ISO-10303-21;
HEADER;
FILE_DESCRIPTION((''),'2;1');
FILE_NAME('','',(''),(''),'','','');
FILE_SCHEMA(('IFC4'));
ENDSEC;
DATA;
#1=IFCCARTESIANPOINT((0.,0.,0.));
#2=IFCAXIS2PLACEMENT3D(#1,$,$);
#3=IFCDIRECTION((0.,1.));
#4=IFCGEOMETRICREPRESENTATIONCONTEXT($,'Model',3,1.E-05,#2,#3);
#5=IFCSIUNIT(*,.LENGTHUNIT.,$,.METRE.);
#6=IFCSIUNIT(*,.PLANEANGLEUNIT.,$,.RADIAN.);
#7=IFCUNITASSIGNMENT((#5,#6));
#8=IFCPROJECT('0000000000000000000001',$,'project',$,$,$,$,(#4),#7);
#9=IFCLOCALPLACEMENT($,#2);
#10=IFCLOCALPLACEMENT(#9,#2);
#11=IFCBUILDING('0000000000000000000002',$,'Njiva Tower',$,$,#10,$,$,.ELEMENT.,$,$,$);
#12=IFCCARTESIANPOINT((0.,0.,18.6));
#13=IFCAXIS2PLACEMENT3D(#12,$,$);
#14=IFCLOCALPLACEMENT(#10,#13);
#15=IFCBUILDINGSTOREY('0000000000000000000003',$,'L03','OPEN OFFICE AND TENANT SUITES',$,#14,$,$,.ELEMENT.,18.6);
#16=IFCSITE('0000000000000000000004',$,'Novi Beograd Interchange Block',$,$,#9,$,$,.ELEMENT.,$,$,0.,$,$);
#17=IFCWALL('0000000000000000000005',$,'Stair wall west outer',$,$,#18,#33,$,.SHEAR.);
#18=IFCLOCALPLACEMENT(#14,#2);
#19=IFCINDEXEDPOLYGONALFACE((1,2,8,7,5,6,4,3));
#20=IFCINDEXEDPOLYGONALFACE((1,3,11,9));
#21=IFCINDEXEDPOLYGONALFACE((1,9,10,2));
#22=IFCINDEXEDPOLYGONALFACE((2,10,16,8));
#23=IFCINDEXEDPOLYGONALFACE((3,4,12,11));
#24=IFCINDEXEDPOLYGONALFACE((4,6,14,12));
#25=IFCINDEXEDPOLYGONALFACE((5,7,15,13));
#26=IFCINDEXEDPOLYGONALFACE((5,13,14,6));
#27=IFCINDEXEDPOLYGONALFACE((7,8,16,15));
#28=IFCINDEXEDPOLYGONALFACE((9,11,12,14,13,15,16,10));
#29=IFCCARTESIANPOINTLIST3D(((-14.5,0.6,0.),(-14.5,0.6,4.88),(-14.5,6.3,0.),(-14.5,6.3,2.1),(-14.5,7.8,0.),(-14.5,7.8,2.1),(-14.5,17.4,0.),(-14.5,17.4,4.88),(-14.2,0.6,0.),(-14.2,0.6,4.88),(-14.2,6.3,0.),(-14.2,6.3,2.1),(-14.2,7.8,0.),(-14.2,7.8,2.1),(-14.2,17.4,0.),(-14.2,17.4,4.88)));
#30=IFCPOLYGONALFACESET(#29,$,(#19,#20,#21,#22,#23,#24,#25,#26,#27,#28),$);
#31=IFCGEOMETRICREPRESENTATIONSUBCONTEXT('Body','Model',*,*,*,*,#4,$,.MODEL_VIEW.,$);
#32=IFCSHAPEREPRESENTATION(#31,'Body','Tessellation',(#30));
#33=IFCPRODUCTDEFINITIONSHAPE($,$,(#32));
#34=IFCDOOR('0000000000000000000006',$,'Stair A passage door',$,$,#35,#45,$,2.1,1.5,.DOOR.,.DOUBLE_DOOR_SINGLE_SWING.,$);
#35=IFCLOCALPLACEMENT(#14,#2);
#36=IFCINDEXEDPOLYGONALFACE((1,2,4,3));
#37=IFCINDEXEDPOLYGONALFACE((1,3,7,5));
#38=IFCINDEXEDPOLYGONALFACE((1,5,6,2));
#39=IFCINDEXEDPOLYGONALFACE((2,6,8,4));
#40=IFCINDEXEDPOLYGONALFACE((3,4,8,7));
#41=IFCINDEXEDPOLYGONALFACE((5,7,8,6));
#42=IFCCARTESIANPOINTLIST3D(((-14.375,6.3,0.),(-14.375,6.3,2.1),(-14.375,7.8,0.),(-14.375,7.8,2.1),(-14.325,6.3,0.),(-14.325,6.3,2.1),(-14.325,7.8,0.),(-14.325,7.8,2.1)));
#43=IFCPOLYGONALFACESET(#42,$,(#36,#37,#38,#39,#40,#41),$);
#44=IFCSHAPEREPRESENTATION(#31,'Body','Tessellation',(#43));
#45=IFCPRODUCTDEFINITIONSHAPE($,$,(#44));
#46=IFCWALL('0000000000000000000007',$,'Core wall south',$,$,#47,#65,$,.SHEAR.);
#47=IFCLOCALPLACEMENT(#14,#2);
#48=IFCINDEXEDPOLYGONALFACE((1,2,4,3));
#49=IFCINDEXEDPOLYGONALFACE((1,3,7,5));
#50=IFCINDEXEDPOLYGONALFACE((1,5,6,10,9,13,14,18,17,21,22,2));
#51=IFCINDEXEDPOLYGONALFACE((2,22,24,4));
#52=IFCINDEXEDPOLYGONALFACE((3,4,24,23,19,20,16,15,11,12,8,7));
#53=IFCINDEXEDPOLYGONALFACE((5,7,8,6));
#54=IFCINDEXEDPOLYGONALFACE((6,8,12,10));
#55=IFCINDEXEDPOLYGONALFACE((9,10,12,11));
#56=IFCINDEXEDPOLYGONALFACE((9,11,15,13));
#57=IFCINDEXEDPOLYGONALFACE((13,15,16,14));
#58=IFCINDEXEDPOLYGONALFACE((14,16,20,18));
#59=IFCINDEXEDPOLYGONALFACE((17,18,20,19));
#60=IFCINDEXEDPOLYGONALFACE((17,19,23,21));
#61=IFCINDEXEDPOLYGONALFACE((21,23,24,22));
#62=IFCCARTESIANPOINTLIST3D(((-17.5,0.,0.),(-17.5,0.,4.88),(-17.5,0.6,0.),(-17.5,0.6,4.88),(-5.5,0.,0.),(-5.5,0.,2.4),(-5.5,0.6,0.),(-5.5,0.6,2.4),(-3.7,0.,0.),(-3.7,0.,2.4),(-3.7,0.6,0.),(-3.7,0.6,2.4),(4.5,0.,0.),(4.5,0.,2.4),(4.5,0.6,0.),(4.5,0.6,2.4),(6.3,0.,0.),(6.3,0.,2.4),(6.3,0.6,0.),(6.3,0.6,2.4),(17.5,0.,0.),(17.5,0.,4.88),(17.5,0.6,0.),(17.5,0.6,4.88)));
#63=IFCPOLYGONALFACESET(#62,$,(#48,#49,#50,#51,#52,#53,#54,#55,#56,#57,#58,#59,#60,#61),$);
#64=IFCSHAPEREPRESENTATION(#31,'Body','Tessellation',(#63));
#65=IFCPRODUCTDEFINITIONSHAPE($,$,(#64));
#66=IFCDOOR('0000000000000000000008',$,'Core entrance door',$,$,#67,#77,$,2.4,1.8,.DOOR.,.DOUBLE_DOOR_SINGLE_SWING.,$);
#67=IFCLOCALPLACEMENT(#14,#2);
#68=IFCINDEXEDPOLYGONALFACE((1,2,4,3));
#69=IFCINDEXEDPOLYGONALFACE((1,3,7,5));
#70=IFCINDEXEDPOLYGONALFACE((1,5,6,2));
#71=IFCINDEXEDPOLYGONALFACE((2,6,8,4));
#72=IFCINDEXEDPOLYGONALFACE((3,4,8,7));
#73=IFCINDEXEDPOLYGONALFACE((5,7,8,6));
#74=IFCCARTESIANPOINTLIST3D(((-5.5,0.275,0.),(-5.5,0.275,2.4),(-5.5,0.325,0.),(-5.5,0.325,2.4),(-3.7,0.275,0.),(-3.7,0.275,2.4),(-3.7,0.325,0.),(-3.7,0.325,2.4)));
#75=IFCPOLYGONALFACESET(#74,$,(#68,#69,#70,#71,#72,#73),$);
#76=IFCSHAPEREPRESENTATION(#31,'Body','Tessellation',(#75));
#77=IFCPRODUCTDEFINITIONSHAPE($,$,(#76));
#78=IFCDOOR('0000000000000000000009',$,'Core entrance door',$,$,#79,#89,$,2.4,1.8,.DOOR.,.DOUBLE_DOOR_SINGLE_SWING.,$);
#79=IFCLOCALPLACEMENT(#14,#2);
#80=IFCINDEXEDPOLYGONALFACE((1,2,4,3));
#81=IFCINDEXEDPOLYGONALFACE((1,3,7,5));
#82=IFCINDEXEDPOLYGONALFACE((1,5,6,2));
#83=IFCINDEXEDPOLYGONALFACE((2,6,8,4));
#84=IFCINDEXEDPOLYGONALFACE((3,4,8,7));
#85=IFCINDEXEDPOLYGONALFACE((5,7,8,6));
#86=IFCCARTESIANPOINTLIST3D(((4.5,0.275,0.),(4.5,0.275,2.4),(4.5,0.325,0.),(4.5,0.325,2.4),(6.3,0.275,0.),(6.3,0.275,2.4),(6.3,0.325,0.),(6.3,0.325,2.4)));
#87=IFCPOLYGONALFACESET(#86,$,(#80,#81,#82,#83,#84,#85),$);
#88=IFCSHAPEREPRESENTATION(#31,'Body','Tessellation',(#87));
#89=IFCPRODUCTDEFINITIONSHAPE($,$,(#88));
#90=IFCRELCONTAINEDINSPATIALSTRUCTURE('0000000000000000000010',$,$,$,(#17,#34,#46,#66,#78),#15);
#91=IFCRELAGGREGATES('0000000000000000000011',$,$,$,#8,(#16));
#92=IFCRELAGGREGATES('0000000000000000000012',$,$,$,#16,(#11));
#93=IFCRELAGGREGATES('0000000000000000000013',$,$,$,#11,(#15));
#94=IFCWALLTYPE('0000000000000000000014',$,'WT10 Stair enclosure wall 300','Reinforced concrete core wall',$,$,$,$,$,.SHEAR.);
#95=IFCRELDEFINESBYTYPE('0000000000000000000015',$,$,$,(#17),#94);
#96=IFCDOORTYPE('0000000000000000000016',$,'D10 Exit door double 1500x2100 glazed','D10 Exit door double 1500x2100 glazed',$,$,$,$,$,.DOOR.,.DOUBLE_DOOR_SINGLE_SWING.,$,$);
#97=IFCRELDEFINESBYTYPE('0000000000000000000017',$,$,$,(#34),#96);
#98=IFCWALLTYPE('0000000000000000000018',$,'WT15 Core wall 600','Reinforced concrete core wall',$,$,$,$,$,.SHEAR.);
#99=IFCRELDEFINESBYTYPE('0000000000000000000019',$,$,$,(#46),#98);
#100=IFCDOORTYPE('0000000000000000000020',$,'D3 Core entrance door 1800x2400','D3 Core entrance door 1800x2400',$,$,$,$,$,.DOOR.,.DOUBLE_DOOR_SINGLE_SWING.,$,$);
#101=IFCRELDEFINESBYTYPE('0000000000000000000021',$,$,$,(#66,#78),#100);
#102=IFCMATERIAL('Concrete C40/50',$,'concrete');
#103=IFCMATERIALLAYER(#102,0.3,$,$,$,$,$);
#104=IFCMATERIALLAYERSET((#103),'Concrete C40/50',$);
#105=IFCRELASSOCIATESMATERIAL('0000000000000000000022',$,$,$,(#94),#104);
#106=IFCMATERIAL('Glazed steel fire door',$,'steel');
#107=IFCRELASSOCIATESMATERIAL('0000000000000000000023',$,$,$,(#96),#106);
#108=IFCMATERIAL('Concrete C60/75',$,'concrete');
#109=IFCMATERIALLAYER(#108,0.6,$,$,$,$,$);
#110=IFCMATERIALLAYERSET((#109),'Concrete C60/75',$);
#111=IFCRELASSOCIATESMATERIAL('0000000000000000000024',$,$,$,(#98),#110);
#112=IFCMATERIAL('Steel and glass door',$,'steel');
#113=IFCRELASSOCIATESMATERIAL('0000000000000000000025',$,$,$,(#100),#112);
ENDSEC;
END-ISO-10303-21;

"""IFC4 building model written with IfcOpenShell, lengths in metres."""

from ifc_helpers import new_model, si_unit, direction, frame, frame_2d, origin, place, context, subcontext, project, spatial, rectangle, extrude, material, layer, layer_set, type_object, element, fill, save


model = new_model("IFC4")

# Units and contexts
model_context = context("Model", 3, precision=1e-05, world=origin(), true_north=direction((0.0, 1.0)))
body_context = subcontext(model_context, "Body", "Model", "MODEL_VIEW")
ifc_project = project(units=[si_unit("LENGTHUNIT", "METRE"), si_unit("PLANEANGLEUNIT", "RADIAN")], contexts=[model_context])

# Site, building, storey
site_placement = place(None, origin())
site = spatial("IfcSite", under=ifc_project, at=site_placement, Name="Novi Beograd Interchange Block", CompositionType="ELEMENT", RefElevation=0.0)
building_placement = place(site_placement, origin())
building = spatial("IfcBuilding", under=site, at=building_placement, Name="Njiva Tower", CompositionType="ELEMENT")
storey_placement = place(building_placement, frame((0.0, 0.0, 18.6)))
storey = spatial("IfcBuildingStorey", under=building, at=storey_placement, Name="L03", Description="OPEN OFFICE AND TENANT SUITES", CompositionType="ELEMENT", Elevation=18.6)

# Wall, opening, door
ifc_material_1 = material(Name="Concrete C40/50", Category="concrete")
ifc_layer_1 = layer(ifc_material_1, 0.3)
ifc_layer_set_1 = layer_set([ifc_layer_1], Name="Concrete C40/50")
wall_type_1 = type_object("IfcWallType", Name="WT10 Stair enclosure wall 300", Description="Reinforced concrete core wall", PredefinedType="SHEAR", material=ifc_layer_set_1)
wall_1_placement = place(storey_placement, frame((-14.35, 0.6, 0.0), z_axis=(0.0, 0.0, 1.0), x_axis=(0.0, 1.0, 0.0)))
wall_1 = element("IfcWall", 1, at=wall_1_placement, inside=storey, type_object=wall_type_1, Name="Stair wall west outer", PredefinedType="SHEAR", context=body_context, shape_type="SweptSolid", body=[
    extrude(rectangle(XDim=16.8, YDim=0.3, at=frame_2d((8.4, 0.0))), origin(), (0.0, 0.0, 1.0), 4.88),
])
opening_1_placement = place(wall_1_placement, frame((5.7, 0.0, 0.0)))
opening_1 = element("IfcOpeningElement", 2, at=opening_1_placement, cuts=wall_1, PredefinedType="OPENING", context=body_context, shape_type="SweptSolid", body=[
    extrude(rectangle(XDim=1.5, YDim=2.1, at=frame_2d((0.75, 1.05))), frame((0.0, 0.16, 0.0), z_axis=(0.0, -1.0, 0.0), x_axis=(1.0, 0.0, 0.0)), (0.0, 0.0, 1.0), 0.32),
])
ifc_material_2 = material(Name="Glazed steel fire door", Category="steel")
door_type_1 = type_object("IfcDoorType", Name="D10 Exit door double 1500x2100 glazed", Description="D10 Exit door double 1500x2100 glazed", OperationType="DOUBLE_DOOR_SINGLE_SWING", PredefinedType="DOOR", material=ifc_material_2)
door_1_placement = place(opening_1_placement, origin())
door_1 = element("IfcDoor", 3, at=door_1_placement, inside=storey, type_object=door_type_1, Name="Stair A passage door", OperationType="DOUBLE_DOOR_SINGLE_SWING", OverallHeight=2.1, OverallWidth=1.5, PredefinedType="DOOR", context=body_context, shape_type="SweptSolid", body=[
    extrude(rectangle(XDim=1.5, YDim=2.1, at=frame_2d((0.75, 1.05))), frame((0.0, 0.025, 0.0), z_axis=(0.0, -1.0, 0.0), x_axis=(1.0, 0.0, 0.0)), (0.0, 0.0, 1.0), 0.05),
])
fill(opening_1, door_1)

# Wall, openings, doors
ifc_material_3 = material(Name="Concrete C60/75", Category="concrete")
ifc_layer_2 = layer(ifc_material_3, 0.6)
ifc_layer_set_2 = layer_set([ifc_layer_2], Name="Concrete C60/75")
wall_type_2 = type_object("IfcWallType", Name="WT15 Core wall 600", Description="Reinforced concrete core wall", PredefinedType="SHEAR", material=ifc_layer_set_2)
wall_2_placement = place(storey_placement, frame((-17.5, 0.3, 0.0), z_axis=(0.0, 0.0, 1.0), x_axis=(1.0, 0.0, 0.0)))
wall_2 = element("IfcWall", 4, at=wall_2_placement, inside=storey, type_object=wall_type_2, Name="Core wall south", PredefinedType="SHEAR", context=body_context, shape_type="SweptSolid", body=[
    extrude(rectangle(XDim=35.0, YDim=0.6, at=frame_2d((17.5, 0.0))), origin(), (0.0, 0.0, 1.0), 4.88),
])
opening_2_placement = place(wall_2_placement, frame((12.0, 0.0, 0.0)))
opening_2 = element("IfcOpeningElement", 5, at=opening_2_placement, cuts=wall_2, PredefinedType="OPENING", context=body_context, shape_type="SweptSolid", body=[
    extrude(rectangle(XDim=1.8, YDim=2.4, at=frame_2d((0.9, 1.2))), frame((0.0, 0.31, 0.0), z_axis=(0.0, -1.0, 0.0), x_axis=(1.0, 0.0, 0.0)), (0.0, 0.0, 1.0), 0.62),
])
opening_3_placement = place(wall_2_placement, frame((22.0, 0.0, 0.0)))
opening_3 = element("IfcOpeningElement", 6, at=opening_3_placement, cuts=wall_2, PredefinedType="OPENING", context=body_context, shape_type="SweptSolid", body=[
    extrude(rectangle(XDim=1.8, YDim=2.4, at=frame_2d((0.9, 1.2))), frame((0.0, 0.31, 0.0), z_axis=(0.0, -1.0, 0.0), x_axis=(1.0, 0.0, 0.0)), (0.0, 0.0, 1.0), 0.62),
])
ifc_material_4 = material(Name="Steel and glass door", Category="steel")
door_type_2 = type_object("IfcDoorType", Name="D3 Core entrance door 1800x2400", Description="D3 Core entrance door 1800x2400", OperationType="DOUBLE_DOOR_SINGLE_SWING", PredefinedType="DOOR", material=ifc_material_4)
door_2_placement = place(opening_2_placement, origin())
door_2 = element("IfcDoor", 7, at=door_2_placement, inside=storey, type_object=door_type_2, Name="Core entrance door", OperationType="DOUBLE_DOOR_SINGLE_SWING", OverallHeight=2.4, OverallWidth=1.8, PredefinedType="DOOR", context=body_context, shape_type="SweptSolid", body=[
    extrude(rectangle(XDim=1.8, YDim=2.4, at=frame_2d((0.9, 1.2))), frame((0.0, 0.025, 0.0), z_axis=(0.0, -1.0, 0.0), x_axis=(1.0, 0.0, 0.0)), (0.0, 0.0, 1.0), 0.05),
])
fill(opening_2, door_2)
door_3_placement = place(opening_3_placement, origin())
door_3 = element("IfcDoor", 8, at=door_3_placement, inside=storey, type_object=door_type_2, Name="Core entrance door", OperationType="DOUBLE_DOOR_SINGLE_SWING", OverallHeight=2.4, OverallWidth=1.8, PredefinedType="DOOR", context=body_context, shape_type="SweptSolid", body=[
    extrude(rectangle(XDim=1.8, YDim=2.4, at=frame_2d((0.9, 1.2))), frame((0.0, 0.025, 0.0), z_axis=(0.0, -1.0, 0.0), x_axis=(1.0, 0.0, 0.0)), (0.0, 0.0, 1.0), 0.05),
])
fill(opening_3, door_3)

save(model, "model.ifc")
